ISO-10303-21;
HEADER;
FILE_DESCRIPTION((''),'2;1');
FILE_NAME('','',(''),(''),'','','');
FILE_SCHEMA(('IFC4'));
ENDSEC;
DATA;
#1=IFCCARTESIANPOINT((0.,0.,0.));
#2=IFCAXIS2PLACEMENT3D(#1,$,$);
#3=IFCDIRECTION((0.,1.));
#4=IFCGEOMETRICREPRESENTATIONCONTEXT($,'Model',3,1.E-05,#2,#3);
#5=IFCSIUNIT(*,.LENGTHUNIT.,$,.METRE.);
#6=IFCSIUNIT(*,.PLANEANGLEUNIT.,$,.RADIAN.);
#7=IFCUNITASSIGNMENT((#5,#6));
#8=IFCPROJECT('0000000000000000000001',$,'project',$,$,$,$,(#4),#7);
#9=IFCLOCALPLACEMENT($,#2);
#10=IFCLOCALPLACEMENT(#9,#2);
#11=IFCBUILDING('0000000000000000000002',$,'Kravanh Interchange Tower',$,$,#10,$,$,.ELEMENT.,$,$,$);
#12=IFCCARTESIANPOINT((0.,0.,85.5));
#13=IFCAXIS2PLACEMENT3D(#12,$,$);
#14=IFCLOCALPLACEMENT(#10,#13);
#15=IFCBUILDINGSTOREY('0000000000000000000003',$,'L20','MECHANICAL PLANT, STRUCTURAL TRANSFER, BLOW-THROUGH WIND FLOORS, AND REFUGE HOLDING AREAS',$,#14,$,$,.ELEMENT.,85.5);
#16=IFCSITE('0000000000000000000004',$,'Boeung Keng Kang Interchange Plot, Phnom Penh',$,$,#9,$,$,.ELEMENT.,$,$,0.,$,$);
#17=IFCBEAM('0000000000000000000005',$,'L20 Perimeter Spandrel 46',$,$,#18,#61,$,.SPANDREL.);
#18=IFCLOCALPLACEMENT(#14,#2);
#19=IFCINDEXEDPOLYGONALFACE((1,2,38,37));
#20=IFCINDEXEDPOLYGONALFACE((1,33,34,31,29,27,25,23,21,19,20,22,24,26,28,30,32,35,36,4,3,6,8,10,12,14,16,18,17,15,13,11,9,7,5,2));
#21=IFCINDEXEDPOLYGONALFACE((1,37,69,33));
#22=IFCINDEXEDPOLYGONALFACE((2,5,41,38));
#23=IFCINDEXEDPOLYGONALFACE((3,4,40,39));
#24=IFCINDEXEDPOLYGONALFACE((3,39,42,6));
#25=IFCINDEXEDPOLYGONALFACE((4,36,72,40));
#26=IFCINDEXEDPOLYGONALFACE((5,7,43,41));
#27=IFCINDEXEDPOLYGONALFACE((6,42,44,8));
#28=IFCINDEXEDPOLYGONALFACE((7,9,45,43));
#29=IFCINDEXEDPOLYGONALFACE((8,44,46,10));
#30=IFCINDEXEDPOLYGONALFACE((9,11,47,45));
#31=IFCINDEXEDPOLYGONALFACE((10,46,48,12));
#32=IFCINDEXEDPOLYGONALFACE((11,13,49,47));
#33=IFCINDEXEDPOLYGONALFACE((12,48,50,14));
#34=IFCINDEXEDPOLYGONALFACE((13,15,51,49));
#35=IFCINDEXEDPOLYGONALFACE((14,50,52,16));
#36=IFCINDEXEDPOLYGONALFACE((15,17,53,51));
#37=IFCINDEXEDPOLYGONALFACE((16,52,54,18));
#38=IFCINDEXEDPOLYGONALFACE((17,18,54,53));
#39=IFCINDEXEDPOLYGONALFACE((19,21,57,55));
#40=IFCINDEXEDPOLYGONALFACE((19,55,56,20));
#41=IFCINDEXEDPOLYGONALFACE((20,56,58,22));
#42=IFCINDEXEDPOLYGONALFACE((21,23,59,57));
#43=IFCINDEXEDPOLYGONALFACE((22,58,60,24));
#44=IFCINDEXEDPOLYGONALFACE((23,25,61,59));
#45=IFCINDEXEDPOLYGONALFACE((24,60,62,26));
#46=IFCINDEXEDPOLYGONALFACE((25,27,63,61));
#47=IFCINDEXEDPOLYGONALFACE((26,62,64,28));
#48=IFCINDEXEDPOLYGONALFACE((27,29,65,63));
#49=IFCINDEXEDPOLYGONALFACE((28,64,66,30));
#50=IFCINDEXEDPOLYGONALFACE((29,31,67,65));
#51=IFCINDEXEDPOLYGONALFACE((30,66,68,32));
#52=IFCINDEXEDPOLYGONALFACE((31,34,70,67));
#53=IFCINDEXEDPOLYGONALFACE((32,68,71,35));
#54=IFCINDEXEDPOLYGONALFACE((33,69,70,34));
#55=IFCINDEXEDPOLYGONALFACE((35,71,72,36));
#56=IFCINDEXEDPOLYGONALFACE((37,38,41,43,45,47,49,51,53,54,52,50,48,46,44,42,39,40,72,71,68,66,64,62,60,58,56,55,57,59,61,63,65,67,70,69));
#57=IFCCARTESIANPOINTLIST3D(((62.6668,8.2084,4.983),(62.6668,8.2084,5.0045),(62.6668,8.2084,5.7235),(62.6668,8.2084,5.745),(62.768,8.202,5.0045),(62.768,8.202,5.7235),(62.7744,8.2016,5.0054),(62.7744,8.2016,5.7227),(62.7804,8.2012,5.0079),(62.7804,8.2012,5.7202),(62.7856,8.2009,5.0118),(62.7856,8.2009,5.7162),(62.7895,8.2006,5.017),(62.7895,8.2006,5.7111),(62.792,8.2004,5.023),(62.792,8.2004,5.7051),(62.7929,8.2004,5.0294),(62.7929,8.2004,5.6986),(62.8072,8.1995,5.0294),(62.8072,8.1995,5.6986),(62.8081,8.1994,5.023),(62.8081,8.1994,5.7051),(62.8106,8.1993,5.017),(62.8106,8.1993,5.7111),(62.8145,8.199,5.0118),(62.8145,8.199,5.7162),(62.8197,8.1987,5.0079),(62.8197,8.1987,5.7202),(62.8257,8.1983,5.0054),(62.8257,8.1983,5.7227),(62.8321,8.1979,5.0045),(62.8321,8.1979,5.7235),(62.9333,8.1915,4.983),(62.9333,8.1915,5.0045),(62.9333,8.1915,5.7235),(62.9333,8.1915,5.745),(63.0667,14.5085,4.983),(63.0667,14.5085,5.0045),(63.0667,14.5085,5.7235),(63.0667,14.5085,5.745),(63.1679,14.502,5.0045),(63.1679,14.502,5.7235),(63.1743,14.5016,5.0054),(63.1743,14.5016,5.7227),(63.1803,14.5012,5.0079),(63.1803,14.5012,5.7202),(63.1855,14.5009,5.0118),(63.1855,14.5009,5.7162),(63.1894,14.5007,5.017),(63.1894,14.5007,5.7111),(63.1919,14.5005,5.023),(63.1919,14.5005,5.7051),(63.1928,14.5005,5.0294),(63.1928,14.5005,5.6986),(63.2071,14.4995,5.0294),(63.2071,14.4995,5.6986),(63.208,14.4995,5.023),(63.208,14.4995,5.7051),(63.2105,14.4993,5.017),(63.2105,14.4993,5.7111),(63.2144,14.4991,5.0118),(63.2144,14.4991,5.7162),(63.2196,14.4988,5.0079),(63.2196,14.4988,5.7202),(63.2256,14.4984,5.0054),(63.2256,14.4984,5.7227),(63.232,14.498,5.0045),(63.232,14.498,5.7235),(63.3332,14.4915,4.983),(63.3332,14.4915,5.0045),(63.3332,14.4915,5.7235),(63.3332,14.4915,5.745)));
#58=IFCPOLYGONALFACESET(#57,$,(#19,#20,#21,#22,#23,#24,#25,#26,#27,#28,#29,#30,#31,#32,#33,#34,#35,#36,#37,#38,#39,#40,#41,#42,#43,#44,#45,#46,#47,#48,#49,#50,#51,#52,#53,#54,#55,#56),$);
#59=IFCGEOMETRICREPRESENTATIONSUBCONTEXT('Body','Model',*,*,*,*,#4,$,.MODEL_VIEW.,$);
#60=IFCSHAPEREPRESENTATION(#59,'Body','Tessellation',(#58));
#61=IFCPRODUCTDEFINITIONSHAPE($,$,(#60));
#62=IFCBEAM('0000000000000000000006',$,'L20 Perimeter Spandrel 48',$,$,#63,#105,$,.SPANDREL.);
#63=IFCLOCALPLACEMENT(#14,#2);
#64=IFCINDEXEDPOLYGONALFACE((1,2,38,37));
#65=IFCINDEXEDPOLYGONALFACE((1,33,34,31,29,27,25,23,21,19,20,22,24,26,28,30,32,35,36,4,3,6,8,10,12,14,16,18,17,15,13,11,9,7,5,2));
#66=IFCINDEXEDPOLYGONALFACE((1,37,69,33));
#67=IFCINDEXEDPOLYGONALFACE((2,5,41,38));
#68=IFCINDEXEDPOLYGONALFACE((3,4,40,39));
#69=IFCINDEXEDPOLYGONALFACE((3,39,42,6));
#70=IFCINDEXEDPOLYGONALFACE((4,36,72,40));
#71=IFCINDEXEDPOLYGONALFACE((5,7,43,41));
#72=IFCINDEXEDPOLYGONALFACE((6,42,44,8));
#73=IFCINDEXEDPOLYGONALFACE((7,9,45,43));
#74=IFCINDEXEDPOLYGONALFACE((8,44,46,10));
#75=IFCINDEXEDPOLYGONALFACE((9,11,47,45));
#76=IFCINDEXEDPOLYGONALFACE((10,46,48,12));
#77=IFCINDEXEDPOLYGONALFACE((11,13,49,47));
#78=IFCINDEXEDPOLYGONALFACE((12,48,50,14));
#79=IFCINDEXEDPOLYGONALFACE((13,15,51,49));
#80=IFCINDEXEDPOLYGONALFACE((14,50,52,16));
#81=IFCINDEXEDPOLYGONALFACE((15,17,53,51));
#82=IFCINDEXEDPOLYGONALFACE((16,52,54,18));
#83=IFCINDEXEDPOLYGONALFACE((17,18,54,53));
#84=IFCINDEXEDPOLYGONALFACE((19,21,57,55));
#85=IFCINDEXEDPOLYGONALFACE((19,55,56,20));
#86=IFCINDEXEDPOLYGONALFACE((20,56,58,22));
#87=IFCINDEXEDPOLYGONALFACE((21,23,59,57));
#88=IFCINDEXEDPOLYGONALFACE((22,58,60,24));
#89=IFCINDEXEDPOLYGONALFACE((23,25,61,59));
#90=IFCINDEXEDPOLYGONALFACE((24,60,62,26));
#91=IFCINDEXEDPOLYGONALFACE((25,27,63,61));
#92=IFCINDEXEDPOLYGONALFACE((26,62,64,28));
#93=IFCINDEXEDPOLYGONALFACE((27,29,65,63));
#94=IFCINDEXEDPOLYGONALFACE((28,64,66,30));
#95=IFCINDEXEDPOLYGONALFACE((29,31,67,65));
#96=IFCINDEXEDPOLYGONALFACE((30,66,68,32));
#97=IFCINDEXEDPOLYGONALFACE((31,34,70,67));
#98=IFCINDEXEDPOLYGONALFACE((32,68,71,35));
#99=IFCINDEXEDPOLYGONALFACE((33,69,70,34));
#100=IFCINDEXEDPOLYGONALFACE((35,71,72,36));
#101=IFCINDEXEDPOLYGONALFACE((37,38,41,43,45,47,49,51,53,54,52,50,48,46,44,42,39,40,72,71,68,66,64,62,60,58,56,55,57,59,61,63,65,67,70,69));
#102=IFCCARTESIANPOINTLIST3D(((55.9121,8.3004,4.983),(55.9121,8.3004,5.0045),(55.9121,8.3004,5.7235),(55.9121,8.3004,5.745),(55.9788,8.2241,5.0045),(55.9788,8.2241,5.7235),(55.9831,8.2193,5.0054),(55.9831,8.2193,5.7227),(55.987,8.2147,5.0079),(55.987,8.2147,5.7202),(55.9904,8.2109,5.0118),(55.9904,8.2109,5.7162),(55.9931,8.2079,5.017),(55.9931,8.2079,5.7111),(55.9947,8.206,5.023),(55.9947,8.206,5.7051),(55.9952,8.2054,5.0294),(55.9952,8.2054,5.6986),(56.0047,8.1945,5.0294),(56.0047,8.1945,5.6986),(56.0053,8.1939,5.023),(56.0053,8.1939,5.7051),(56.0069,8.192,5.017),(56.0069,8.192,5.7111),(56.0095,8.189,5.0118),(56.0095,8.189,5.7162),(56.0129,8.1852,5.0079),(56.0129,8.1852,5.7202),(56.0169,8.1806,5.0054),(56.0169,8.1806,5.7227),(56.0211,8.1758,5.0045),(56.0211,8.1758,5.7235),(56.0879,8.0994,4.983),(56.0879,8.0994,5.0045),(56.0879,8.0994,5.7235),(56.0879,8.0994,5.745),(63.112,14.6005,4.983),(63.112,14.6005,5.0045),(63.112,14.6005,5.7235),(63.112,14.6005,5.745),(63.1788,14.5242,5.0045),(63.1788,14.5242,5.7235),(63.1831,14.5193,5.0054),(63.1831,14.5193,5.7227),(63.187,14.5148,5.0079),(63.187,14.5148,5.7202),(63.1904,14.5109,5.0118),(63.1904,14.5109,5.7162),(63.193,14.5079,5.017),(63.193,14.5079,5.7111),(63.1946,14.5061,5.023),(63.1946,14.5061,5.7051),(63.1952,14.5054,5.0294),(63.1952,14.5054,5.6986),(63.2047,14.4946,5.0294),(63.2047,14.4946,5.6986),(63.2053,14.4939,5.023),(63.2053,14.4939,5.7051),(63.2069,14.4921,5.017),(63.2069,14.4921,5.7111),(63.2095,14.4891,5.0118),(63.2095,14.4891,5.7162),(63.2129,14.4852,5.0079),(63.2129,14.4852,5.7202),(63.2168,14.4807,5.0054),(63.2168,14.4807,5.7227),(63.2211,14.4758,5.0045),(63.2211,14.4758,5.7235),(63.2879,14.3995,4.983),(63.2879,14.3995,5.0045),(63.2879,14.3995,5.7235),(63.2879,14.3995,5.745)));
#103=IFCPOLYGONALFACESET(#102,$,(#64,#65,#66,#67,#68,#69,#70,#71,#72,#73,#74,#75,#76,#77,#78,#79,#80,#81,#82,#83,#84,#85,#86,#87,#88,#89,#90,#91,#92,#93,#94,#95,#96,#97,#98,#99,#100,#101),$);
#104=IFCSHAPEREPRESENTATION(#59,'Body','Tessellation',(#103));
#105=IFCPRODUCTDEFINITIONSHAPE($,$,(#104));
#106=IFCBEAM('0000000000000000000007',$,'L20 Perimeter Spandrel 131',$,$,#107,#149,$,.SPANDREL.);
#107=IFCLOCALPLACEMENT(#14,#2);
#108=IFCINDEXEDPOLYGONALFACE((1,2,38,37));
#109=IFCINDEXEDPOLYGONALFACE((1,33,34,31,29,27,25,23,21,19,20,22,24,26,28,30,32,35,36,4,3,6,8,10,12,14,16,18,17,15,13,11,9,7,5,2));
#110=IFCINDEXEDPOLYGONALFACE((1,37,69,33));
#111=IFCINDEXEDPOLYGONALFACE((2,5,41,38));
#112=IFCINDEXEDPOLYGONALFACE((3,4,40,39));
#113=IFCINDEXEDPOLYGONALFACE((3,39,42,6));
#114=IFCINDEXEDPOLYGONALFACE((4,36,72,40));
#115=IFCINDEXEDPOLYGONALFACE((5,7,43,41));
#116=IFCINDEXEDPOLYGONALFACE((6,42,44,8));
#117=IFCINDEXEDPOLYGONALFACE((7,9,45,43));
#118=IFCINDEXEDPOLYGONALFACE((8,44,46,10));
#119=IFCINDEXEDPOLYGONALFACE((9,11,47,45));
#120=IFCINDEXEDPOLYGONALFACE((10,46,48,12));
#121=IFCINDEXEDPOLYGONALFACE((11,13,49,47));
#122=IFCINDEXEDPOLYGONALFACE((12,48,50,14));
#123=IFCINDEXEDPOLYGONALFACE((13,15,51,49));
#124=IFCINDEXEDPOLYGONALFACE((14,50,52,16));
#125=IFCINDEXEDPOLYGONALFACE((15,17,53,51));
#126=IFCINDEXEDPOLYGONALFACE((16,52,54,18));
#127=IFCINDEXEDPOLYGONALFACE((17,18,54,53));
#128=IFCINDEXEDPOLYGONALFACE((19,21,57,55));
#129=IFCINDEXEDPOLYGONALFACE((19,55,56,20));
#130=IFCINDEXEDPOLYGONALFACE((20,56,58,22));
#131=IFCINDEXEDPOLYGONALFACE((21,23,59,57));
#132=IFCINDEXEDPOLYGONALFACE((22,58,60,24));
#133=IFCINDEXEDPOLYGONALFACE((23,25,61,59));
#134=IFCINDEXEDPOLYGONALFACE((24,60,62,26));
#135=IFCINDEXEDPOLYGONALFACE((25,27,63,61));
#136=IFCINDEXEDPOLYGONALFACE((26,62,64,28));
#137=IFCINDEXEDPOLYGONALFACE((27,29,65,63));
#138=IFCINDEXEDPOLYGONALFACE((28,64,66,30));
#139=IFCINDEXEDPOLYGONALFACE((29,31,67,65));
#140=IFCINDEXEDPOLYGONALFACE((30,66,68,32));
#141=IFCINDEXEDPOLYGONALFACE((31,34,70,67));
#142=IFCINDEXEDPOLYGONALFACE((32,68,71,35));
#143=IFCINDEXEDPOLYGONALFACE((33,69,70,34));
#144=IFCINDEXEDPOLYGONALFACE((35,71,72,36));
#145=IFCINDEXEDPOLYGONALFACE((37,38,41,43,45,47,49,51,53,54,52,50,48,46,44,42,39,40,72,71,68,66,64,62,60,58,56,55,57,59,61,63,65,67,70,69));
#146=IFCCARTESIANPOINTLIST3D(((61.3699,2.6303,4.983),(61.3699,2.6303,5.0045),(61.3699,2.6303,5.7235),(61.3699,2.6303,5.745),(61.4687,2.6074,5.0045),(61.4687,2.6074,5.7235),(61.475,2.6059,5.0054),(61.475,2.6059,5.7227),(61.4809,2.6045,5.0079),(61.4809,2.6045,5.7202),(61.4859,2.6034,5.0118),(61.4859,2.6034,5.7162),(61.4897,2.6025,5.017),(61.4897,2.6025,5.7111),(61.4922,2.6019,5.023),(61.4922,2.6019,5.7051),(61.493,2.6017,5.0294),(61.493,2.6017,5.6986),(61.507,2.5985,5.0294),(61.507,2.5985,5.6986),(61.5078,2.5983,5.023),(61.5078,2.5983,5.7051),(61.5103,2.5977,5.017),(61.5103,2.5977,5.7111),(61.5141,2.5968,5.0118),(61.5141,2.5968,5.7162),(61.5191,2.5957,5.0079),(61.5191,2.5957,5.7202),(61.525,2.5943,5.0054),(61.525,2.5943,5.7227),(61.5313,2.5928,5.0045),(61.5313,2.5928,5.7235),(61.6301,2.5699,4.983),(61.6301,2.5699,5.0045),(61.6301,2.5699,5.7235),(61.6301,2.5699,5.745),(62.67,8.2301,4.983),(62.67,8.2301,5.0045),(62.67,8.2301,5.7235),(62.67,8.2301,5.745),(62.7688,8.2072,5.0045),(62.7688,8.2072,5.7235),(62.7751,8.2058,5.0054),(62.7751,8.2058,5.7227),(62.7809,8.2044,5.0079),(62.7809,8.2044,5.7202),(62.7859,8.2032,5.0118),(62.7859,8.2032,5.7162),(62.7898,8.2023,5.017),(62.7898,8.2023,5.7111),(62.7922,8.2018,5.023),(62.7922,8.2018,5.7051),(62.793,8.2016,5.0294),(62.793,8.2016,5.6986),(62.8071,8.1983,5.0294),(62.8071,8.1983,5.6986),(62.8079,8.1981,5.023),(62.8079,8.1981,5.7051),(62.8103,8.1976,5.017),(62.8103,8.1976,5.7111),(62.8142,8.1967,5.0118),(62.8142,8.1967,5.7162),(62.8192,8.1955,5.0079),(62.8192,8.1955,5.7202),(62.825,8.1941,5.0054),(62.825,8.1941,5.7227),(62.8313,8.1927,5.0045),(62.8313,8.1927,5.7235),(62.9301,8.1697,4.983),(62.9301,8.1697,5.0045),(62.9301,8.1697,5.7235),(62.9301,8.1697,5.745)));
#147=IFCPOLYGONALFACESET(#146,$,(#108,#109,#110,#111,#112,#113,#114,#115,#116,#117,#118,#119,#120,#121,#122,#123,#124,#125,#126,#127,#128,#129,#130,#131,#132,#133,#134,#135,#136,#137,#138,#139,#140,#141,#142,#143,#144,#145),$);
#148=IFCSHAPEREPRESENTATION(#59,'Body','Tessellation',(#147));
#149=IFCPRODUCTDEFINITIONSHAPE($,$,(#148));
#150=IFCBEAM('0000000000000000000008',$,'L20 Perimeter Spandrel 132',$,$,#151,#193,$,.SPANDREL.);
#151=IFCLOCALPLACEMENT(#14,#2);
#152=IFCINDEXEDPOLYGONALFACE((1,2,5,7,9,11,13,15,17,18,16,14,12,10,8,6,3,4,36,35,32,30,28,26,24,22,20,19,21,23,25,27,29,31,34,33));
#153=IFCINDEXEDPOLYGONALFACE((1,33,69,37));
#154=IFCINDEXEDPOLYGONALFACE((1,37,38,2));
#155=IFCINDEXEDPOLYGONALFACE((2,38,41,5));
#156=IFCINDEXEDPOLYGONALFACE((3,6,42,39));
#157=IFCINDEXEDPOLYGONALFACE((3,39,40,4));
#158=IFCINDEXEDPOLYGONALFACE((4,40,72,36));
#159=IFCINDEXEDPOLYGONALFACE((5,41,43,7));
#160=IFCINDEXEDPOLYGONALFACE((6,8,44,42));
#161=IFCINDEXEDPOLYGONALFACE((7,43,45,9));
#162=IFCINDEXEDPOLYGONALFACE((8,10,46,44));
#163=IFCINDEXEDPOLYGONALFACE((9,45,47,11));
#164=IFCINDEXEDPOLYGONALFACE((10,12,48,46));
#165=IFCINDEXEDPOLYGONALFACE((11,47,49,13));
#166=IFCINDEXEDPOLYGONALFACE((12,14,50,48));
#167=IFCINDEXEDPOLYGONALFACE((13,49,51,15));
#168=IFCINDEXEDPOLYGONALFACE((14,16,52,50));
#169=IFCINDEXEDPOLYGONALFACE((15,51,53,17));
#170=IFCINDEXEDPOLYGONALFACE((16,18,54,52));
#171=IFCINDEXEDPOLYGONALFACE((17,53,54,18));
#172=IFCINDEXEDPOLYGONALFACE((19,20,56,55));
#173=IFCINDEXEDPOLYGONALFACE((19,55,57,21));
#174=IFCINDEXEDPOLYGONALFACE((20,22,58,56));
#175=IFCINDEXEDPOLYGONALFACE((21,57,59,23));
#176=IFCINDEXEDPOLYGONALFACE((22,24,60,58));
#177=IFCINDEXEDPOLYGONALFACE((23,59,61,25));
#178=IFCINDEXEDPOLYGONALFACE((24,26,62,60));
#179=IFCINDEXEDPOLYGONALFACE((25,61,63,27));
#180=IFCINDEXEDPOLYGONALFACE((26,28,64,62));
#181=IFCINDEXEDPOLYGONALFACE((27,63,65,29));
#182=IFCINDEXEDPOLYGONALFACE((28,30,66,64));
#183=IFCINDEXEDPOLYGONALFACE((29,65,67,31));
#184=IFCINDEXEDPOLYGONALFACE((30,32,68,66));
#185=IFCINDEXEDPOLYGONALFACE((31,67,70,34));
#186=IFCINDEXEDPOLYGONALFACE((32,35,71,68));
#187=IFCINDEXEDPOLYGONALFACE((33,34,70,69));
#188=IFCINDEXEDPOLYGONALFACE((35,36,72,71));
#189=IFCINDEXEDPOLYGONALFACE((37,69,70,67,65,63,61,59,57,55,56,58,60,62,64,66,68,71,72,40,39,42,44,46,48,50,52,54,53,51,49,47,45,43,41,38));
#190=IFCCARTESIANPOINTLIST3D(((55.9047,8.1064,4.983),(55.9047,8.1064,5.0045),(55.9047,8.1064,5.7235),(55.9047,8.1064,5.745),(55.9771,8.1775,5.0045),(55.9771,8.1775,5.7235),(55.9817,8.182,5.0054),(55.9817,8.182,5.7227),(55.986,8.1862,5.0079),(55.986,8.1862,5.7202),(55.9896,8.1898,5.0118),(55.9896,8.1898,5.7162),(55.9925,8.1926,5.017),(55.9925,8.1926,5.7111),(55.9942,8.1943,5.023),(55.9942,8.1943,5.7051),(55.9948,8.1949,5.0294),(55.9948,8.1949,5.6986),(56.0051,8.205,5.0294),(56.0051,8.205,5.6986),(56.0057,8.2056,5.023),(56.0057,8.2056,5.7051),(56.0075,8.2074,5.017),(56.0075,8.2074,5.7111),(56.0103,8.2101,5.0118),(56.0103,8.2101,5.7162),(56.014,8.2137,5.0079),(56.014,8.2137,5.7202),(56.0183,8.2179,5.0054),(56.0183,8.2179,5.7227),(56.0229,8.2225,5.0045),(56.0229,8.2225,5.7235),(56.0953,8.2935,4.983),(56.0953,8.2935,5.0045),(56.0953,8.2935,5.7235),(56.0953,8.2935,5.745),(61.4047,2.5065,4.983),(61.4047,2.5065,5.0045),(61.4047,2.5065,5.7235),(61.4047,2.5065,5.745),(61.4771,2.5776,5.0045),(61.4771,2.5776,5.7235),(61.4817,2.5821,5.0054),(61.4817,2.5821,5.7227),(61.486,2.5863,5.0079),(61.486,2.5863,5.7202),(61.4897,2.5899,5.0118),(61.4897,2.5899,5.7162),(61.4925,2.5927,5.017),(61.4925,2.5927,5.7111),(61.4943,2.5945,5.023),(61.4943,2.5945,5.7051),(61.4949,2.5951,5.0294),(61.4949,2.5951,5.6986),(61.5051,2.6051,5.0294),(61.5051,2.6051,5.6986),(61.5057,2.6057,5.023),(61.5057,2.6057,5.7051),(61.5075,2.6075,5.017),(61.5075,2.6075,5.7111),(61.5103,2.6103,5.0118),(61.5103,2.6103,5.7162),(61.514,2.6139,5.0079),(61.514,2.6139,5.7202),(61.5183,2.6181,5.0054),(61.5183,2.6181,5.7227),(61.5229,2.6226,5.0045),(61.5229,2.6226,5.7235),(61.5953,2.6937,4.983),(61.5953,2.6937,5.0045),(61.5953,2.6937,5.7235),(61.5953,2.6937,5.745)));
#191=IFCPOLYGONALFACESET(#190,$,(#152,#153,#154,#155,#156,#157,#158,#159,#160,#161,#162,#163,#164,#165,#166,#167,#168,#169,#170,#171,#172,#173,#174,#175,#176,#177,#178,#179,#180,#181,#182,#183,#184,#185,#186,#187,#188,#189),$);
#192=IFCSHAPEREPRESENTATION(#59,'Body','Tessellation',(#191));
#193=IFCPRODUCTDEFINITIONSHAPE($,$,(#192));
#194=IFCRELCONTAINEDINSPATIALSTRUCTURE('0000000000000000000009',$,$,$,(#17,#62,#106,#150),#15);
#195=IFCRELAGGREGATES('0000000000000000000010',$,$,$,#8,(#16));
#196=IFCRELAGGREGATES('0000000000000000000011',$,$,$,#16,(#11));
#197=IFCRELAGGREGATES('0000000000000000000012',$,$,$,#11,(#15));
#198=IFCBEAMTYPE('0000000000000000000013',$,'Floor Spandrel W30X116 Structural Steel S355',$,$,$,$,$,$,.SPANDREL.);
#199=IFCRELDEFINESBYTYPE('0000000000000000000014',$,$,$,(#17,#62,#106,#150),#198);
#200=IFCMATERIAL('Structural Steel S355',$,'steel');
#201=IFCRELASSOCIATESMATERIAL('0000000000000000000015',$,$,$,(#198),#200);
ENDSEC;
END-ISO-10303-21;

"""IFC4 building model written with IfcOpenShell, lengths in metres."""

from ifc_helpers import new_model, si_unit, direction, frame, origin, origin_2d, place, context, subcontext, project, spatial, i_section, extrude, material, material_profile, profile_set, type_object, element, save


model = new_model("IFC4")

# Units and contexts
model_context = context("Model", 3, precision=1e-05, world=origin(), true_north=direction((0.0, 1.0)))
body_context = subcontext(model_context, "Body", "Model", "MODEL_VIEW")
ifc_project = project(units=[si_unit("LENGTHUNIT", "METRE"), si_unit("PLANEANGLEUNIT", "RADIAN")], contexts=[model_context])

# Site, building, storey
site_placement = place(None, origin())
site = spatial("IfcSite", under=ifc_project, at=site_placement, Name="Boeung Keng Kang Interchange Plot, Phnom Penh", CompositionType="ELEMENT", RefElevation=0.0)
building_placement = place(site_placement, origin())
building = spatial("IfcBuilding", under=site, at=building_placement, Name="Kravanh Interchange Tower", CompositionType="ELEMENT")
storey_placement = place(building_placement, frame((0.0, 0.0, 85.5)))
storey = spatial("IfcBuildingStorey", under=building, at=storey_placement, Name="L20", Description="MECHANICAL PLANT, STRUCTURAL TRANSFER, BLOW-THROUGH WIND FLOORS, AND REFUGE HOLDING AREAS", CompositionType="ELEMENT", Elevation=85.5)

# Beams
ifc_material_1 = material(Name="Structural Steel S355", Category="steel")
ifc_material_profile_1 = material_profile(ifc_material_1, i_section(OverallWidth=0.2671, OverallDepth=0.762, WebThickness=0.0144, FlangeThickness=0.0215, FilletRadius=0.0249, at=origin_2d()), Name="W30X116")
ifc_profile_set_1 = profile_set([ifc_material_profile_1], Name="Structural Steel S355")
beam_type_1 = type_object("IfcBeamType", Name="Floor Spandrel W30X116 Structural Steel S355", PredefinedType="SPANDREL", material=ifc_profile_set_1)
beam_1_placement = place(storey_placement, frame((63.2, 14.5, 5.364), z_axis=(-0.063349, -0.997991, 0.0), x_axis=(0.997991, -0.063349, 0.0)))
element("IfcBeam", 1, at=beam_1_placement, inside=storey, type_object=beam_type_1, Name="L20 Perimeter Spandrel 46", PredefinedType="SPANDREL", context=body_context, shape_type="SweptSolid", body=[
    extrude(i_section(OverallWidth=0.2671, OverallDepth=0.762, WebThickness=0.0144, FlangeThickness=0.0215, FilletRadius=0.0249, at=origin_2d()), origin(), (0.0, 0.0, 1.0), 6.3127),
])
beam_2_placement = place(storey_placement, frame((63.2, 14.5, 5.364), z_axis=(-0.752572, -0.65851, 0.0), x_axis=(0.65851, -0.752572, 0.0)))
element("IfcBeam", 2, at=beam_2_placement, inside=storey, type_object=beam_type_1, Name="L20 Perimeter Spandrel 48", PredefinedType="SPANDREL", context=body_context, shape_type="SweptSolid", body=[
    extrude(i_section(OverallWidth=0.2671, OverallDepth=0.762, WebThickness=0.0144, FlangeThickness=0.0215, FilletRadius=0.0249, at=origin_2d()), origin(), (0.0, 0.0, 1.0), 9.5671),
])
beam_3_placement = place(storey_placement, frame((61.5, 2.6001, 5.364), z_axis=(0.226143, 0.974094, 0.0), x_axis=(-0.974094, 0.226143, 0.0)))
element("IfcBeam", 3, at=beam_3_placement, inside=storey, type_object=beam_type_1, Name="L20 Perimeter Spandrel 131", PredefinedType="SPANDREL", context=body_context, shape_type="SweptSolid", body=[
    extrude(i_section(OverallWidth=0.2671, OverallDepth=0.762, WebThickness=0.0144, FlangeThickness=0.0215, FilletRadius=0.0249, at=origin_2d()), origin(), (0.0, 0.0, 1.0), 5.7488),
])
beam_4_placement = place(storey_placement, frame((61.5, 2.6001, 5.364), z_axis=(-0.700717, 0.713439, 0.0), x_axis=(-0.713439, -0.700717, 0.0)))
element("IfcBeam", 4, at=beam_4_placement, inside=storey, type_object=beam_type_1, Name="L20 Perimeter Spandrel 132", PredefinedType="SPANDREL", context=body_context, shape_type="SweptSolid", body=[
    extrude(i_section(OverallWidth=0.2671, OverallDepth=0.762, WebThickness=0.0144, FlangeThickness=0.0215, FilletRadius=0.0249, at=origin_2d()), origin(), (0.0, 0.0, 1.0), 7.8491),
])

save(model, "model.ifc")
